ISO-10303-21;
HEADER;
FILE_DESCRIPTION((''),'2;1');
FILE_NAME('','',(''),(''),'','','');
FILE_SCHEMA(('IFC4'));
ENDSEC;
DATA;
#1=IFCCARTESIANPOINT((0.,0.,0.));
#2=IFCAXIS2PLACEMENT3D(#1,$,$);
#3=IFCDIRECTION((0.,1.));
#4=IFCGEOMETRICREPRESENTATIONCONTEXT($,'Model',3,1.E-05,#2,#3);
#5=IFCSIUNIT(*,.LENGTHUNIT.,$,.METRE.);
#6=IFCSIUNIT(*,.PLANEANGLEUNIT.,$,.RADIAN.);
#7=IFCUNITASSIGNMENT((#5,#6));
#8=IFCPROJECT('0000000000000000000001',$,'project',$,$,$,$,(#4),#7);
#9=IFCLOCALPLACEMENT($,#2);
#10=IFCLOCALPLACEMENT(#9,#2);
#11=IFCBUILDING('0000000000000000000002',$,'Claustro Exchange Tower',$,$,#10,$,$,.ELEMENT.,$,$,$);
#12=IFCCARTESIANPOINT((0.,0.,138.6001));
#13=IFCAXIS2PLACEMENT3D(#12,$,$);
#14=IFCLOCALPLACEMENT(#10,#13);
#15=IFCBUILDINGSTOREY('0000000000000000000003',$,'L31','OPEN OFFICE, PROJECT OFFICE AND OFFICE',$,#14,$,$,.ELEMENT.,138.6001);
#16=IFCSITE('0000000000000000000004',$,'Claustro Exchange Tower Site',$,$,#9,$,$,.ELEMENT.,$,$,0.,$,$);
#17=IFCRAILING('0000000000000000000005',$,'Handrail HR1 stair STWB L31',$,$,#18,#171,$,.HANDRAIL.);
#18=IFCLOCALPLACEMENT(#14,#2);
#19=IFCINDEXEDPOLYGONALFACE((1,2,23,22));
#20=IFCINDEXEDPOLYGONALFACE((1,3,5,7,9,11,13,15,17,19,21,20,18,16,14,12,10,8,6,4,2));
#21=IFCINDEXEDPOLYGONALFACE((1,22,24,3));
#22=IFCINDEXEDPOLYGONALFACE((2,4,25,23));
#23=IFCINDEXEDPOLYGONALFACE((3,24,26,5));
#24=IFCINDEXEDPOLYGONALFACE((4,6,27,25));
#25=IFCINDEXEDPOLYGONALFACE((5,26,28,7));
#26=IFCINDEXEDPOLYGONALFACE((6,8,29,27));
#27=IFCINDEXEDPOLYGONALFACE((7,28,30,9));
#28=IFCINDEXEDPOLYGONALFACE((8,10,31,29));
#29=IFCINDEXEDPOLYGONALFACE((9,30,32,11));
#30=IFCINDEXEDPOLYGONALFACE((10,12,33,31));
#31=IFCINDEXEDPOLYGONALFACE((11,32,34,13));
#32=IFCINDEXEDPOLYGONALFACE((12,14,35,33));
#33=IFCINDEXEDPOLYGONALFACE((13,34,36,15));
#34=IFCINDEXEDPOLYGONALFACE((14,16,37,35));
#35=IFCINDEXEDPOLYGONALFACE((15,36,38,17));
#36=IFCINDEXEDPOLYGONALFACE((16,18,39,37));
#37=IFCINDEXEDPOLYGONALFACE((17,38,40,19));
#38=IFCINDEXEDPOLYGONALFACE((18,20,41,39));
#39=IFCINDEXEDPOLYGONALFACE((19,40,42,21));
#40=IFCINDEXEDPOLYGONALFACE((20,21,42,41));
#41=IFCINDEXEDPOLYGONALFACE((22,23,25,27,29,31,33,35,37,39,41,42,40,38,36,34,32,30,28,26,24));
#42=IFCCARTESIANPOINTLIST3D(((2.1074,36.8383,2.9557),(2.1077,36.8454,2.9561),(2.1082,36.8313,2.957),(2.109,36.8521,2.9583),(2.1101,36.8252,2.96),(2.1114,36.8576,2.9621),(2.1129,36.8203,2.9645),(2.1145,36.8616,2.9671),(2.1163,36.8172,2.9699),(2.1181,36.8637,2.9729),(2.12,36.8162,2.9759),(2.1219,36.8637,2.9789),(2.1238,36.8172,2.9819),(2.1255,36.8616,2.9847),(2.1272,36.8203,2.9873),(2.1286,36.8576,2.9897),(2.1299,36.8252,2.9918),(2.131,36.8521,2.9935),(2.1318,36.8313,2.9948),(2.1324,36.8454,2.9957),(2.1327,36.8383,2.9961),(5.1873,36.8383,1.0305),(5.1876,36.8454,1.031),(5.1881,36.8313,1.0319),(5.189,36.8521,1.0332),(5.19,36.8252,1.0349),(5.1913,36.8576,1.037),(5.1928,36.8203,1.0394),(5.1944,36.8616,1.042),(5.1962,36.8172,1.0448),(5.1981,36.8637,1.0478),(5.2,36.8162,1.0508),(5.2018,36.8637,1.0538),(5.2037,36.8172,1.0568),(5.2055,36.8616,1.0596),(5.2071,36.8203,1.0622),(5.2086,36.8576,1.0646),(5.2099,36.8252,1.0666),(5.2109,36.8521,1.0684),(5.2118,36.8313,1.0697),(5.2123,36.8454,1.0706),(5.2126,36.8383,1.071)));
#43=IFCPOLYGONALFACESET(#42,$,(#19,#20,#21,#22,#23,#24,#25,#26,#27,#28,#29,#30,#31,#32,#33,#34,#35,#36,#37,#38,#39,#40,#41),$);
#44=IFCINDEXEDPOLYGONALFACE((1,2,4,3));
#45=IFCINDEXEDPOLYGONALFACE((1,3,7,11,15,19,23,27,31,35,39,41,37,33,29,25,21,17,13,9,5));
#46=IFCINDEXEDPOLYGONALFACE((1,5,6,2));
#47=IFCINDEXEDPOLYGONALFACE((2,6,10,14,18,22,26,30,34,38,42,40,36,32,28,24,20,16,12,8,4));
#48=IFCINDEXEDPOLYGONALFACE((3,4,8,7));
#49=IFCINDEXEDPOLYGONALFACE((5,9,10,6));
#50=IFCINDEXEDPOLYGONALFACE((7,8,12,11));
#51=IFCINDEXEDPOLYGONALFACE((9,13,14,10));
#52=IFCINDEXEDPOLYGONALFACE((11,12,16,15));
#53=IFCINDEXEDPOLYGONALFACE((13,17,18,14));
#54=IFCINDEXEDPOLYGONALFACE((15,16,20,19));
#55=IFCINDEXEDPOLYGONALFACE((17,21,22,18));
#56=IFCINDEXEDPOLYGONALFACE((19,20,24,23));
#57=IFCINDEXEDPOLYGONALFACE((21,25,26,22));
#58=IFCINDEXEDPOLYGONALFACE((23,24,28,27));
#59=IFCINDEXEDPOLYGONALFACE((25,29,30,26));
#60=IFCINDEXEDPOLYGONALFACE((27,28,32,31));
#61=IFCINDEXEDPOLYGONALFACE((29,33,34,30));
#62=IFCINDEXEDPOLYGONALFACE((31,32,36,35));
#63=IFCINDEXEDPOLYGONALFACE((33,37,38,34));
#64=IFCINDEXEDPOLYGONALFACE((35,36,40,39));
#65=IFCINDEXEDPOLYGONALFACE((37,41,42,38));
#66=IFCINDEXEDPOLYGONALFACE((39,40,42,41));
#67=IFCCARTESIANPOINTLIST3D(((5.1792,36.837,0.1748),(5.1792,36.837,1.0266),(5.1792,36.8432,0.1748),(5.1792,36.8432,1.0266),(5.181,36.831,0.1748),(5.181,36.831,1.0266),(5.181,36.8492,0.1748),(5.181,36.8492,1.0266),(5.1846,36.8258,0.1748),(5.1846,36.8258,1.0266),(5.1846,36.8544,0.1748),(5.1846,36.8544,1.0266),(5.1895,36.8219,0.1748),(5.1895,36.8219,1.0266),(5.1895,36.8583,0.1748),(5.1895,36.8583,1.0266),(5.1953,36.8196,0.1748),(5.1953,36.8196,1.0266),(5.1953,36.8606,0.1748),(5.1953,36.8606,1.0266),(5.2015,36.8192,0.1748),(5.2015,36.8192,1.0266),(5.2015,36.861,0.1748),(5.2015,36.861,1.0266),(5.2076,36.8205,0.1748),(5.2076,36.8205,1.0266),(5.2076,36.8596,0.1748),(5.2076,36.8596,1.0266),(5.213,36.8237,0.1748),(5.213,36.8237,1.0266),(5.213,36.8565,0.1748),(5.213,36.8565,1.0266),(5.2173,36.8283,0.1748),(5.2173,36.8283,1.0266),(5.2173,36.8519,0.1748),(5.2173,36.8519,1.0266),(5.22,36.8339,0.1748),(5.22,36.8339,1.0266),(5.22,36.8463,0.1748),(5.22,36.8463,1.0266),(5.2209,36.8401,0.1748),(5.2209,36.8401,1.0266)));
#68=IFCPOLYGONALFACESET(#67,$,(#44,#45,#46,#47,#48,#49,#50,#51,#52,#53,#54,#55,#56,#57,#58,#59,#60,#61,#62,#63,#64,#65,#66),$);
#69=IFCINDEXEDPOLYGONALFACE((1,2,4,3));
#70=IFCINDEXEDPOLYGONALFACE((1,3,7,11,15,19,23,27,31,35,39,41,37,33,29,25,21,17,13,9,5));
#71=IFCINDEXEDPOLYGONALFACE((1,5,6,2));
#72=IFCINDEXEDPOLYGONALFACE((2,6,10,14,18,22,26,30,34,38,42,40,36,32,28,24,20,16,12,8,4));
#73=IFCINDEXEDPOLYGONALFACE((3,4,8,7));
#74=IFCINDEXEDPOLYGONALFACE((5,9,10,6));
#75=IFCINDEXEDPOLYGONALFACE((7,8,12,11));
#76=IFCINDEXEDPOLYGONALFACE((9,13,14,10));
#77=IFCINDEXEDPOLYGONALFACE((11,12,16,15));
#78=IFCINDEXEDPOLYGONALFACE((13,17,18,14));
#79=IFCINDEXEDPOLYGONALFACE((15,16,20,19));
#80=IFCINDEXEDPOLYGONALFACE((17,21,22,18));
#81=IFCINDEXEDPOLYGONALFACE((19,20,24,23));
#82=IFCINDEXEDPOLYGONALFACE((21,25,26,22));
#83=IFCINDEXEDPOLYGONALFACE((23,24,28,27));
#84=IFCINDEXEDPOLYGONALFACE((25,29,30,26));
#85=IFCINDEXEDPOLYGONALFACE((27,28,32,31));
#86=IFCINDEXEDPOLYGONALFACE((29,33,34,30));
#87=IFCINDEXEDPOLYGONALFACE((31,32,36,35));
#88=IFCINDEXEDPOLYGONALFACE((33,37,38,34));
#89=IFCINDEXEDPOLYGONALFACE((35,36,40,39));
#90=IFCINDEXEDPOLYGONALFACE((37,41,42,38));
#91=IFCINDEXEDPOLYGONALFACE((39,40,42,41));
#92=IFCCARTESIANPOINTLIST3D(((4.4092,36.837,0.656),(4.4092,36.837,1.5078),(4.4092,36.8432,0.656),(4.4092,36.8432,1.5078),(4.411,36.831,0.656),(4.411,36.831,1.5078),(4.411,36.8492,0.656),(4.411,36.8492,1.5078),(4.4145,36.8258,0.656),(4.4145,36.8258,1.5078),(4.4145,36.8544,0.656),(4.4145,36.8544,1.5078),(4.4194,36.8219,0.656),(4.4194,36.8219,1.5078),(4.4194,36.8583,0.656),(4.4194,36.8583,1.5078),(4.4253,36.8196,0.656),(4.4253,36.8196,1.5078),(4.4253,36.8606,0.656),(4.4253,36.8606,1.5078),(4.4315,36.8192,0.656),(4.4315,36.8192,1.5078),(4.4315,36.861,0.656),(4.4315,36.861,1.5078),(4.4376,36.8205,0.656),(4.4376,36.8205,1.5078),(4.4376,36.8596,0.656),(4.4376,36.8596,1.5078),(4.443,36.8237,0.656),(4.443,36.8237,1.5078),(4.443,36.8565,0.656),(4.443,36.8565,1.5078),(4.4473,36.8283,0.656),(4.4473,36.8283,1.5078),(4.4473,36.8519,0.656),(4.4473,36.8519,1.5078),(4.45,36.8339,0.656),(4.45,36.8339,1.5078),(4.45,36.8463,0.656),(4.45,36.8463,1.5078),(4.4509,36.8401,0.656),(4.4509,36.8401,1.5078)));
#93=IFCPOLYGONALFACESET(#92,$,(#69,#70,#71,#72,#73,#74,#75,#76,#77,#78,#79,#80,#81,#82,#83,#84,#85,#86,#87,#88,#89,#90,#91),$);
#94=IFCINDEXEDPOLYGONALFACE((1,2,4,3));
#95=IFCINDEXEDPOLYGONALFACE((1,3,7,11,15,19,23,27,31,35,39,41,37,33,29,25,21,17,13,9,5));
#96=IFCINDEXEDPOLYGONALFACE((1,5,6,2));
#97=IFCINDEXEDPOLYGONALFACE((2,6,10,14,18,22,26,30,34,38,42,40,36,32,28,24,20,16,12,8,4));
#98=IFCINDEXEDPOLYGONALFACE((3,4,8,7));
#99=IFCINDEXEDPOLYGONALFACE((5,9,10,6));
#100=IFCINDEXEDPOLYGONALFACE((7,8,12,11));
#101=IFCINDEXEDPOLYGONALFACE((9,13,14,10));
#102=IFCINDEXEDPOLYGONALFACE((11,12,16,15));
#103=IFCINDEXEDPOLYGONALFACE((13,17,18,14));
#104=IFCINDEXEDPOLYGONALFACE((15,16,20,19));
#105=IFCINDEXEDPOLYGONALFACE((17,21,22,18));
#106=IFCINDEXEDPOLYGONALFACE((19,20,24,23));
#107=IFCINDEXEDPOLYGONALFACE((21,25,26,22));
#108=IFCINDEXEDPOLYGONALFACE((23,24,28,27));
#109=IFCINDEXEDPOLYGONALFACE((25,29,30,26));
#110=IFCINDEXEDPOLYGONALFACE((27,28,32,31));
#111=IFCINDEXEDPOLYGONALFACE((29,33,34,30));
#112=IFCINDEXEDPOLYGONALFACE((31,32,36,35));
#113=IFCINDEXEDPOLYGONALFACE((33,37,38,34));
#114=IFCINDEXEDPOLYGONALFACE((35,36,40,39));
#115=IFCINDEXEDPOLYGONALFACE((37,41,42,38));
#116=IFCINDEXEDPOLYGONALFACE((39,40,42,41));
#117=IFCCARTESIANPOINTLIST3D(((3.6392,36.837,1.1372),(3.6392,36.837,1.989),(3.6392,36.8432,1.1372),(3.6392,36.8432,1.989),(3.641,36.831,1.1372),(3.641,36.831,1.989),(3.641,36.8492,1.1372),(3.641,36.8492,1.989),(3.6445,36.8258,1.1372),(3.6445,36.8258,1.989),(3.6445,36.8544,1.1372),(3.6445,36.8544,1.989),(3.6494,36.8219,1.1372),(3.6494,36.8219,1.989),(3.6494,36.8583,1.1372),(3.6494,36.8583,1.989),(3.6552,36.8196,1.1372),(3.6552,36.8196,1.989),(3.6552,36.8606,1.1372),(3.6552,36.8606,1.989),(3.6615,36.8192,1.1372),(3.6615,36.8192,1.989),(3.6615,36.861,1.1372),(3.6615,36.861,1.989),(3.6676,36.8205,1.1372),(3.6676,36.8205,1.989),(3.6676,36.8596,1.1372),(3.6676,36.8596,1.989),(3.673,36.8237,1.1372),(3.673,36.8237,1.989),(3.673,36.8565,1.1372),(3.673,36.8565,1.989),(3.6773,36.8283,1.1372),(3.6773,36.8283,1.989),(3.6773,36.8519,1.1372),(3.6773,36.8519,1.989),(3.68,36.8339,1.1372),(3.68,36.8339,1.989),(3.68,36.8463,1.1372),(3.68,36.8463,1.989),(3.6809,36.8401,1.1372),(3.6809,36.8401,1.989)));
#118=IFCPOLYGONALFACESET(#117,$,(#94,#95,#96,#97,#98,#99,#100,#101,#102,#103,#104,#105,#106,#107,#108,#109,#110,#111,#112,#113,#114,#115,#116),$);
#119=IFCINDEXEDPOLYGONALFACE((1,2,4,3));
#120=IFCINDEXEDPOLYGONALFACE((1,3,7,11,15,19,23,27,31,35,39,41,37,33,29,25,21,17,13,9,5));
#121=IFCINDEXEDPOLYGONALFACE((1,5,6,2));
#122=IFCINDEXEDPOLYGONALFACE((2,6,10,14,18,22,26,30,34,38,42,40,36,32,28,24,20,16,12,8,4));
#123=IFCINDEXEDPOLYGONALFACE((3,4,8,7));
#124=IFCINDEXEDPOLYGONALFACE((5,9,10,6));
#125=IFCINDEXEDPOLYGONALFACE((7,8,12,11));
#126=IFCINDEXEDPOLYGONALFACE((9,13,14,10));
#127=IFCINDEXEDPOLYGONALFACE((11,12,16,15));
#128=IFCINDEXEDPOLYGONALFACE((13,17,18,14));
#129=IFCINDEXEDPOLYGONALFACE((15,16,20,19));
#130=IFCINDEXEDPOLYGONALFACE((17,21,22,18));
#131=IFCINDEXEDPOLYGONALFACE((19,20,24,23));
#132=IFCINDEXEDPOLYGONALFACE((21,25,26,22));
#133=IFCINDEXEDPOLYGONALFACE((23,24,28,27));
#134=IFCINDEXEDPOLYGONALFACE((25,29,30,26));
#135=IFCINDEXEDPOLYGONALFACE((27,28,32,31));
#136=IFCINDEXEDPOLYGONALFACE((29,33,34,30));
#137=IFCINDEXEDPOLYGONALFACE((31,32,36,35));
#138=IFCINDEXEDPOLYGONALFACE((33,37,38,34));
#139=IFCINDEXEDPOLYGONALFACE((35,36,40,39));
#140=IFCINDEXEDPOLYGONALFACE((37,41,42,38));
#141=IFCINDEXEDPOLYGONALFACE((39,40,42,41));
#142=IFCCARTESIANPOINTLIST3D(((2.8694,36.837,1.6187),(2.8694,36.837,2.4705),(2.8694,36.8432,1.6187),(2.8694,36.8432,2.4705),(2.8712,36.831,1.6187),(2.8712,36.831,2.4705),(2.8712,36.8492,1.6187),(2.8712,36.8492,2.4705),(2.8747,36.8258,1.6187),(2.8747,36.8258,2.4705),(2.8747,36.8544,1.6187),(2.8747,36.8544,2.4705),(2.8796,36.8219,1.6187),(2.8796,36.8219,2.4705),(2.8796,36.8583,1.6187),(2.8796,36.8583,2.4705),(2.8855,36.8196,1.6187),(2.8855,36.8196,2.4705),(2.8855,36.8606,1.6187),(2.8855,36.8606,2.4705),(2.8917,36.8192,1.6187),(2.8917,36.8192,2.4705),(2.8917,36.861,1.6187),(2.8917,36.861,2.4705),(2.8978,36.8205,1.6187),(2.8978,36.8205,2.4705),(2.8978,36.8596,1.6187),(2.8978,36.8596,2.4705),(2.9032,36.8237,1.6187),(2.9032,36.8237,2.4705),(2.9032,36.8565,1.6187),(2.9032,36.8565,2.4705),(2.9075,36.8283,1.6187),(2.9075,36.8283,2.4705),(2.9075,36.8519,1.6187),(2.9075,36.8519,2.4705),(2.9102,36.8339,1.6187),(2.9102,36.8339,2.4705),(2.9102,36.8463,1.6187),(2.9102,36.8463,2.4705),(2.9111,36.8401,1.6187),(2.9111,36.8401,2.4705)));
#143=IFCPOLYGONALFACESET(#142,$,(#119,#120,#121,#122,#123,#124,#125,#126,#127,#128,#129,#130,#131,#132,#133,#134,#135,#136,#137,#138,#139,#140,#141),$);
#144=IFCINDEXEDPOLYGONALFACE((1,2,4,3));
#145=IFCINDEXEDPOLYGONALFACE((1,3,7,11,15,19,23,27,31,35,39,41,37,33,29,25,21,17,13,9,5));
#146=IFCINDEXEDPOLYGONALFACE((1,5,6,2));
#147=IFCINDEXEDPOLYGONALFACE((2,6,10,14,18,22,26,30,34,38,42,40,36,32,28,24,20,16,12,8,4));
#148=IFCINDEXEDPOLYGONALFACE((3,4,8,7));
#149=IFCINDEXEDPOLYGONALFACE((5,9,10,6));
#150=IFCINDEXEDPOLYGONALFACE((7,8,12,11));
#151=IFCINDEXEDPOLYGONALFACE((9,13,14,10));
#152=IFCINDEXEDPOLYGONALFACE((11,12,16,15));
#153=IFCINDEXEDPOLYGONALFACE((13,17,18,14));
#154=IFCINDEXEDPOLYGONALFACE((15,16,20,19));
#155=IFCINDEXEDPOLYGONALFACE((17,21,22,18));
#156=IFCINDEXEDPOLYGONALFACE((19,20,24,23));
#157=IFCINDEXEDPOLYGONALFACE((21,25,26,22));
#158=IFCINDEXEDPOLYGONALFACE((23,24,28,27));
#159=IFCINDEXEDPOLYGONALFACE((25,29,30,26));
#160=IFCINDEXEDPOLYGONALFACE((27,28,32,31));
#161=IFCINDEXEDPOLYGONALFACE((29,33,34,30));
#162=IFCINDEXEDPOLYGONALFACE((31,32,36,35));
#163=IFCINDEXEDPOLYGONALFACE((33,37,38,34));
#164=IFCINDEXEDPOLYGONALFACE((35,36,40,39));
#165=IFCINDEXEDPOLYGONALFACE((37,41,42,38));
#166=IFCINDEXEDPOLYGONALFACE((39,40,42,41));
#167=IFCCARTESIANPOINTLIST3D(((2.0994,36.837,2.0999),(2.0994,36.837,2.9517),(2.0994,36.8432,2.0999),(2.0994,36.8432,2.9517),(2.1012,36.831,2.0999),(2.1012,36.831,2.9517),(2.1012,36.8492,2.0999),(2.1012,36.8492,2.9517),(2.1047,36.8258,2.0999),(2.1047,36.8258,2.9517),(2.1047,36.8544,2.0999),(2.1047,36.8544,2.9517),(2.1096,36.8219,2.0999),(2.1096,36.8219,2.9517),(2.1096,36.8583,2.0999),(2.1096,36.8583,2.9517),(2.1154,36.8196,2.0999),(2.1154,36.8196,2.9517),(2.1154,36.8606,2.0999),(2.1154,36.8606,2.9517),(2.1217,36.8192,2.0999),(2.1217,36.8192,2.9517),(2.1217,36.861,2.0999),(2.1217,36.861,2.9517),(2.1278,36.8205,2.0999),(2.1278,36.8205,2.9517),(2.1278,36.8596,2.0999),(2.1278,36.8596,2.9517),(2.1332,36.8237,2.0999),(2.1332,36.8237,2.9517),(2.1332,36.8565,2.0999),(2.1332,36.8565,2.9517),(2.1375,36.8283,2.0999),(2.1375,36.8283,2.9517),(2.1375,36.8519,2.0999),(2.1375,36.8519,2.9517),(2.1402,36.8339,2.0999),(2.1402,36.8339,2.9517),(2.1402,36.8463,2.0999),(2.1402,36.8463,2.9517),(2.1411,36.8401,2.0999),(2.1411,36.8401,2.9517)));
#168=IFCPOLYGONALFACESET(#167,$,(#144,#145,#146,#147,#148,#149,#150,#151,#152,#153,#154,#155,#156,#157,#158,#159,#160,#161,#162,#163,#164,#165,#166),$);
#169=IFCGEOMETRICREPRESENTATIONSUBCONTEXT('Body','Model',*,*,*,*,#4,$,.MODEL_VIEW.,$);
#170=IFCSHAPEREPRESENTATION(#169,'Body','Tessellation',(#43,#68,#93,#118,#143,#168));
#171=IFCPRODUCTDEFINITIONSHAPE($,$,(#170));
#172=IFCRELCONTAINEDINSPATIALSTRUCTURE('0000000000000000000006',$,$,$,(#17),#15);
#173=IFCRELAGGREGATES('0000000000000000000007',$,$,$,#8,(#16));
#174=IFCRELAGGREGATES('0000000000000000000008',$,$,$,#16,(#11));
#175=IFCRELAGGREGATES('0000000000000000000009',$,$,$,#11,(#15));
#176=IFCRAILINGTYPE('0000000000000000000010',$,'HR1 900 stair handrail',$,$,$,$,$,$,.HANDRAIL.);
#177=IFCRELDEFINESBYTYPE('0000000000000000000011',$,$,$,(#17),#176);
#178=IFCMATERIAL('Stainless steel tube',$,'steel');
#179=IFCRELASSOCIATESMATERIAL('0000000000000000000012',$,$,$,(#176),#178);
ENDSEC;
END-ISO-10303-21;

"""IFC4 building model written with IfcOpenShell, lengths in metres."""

from ifc_helpers import new_model, si_unit, direction, frame, origin, origin_2d, place, context, subcontext, project, spatial, circle, extrude, material, type_object, element, save


model = new_model("IFC4")

# Units and contexts
model_context = context("Model", 3, precision=1e-05, world=origin(), true_north=direction((0.0, 1.0)))
body_context = subcontext(model_context, "Body", "Model", "MODEL_VIEW")
ifc_project = project(units=[si_unit("LENGTHUNIT", "METRE"), si_unit("PLANEANGLEUNIT", "RADIAN")], contexts=[model_context])

# Site, building, storey
site_placement = place(None, origin())
site = spatial("IfcSite", under=ifc_project, at=site_placement, Name="Claustro Exchange Tower Site", CompositionType="ELEMENT", RefElevation=0.0)
building_placement = place(site_placement, origin())
building = spatial("IfcBuilding", under=site, at=building_placement, Name="Claustro Exchange Tower", CompositionType="ELEMENT")
storey_placement = place(building_placement, frame((0.0, 0.0, 138.6001)))
storey = spatial("IfcBuildingStorey", under=building, at=storey_placement, Name="L31", Description="OPEN OFFICE, PROJECT OFFICE AND OFFICE", CompositionType="ELEMENT", Elevation=138.6001)

# Railing
ifc_material_1 = material(Name="Stainless steel tube", Category="steel")
railing_type_1 = type_object("IfcRailingType", Name="HR1 900 stair handrail", PredefinedType="HANDRAIL", material=ifc_material_1)
railing_1_placement = place(storey_placement, frame((5.2, 36.8401, 0.1748)))
element("IfcRailing", 1, at=railing_1_placement, inside=storey, type_object=railing_type_1, Name="Handrail HR1 stair STWB L31", PredefinedType="HANDRAIL", context=body_context, shape_type="SweptSolid", body=[
    extrude(circle(Radius=0.0239, at=origin_2d()), frame((0.0, 0.0, 0.876), z_axis=(-0.847979, 0.0, 0.530029), x_axis=(0.0, -1.0, 0.0)), (0.0, 0.0, 1.0), 3.6321),
    extrude(circle(Radius=0.021, at=origin_2d()), origin(), (0.0, 0.0, 1.0), 0.8518),
    extrude(circle(Radius=0.021, at=origin_2d()), frame((-0.77, 0.0, 0.4812)), (0.0, 0.0, 1.0), 0.8518),
    extrude(circle(Radius=0.021, at=origin_2d()), frame((-1.54, 0.0, 0.9624)), (0.0, 0.0, 1.0), 0.8518),
    extrude(circle(Radius=0.021, at=origin_2d()), frame((-2.3098, 0.0, 1.4438)), (0.0, 0.0, 1.0), 0.8518),
    extrude(circle(Radius=0.021, at=origin_2d()), frame((-3.0798, 0.0, 1.925)), (0.0, 0.0, 1.0), 0.8518),
])

save(model, "model.ifc")
